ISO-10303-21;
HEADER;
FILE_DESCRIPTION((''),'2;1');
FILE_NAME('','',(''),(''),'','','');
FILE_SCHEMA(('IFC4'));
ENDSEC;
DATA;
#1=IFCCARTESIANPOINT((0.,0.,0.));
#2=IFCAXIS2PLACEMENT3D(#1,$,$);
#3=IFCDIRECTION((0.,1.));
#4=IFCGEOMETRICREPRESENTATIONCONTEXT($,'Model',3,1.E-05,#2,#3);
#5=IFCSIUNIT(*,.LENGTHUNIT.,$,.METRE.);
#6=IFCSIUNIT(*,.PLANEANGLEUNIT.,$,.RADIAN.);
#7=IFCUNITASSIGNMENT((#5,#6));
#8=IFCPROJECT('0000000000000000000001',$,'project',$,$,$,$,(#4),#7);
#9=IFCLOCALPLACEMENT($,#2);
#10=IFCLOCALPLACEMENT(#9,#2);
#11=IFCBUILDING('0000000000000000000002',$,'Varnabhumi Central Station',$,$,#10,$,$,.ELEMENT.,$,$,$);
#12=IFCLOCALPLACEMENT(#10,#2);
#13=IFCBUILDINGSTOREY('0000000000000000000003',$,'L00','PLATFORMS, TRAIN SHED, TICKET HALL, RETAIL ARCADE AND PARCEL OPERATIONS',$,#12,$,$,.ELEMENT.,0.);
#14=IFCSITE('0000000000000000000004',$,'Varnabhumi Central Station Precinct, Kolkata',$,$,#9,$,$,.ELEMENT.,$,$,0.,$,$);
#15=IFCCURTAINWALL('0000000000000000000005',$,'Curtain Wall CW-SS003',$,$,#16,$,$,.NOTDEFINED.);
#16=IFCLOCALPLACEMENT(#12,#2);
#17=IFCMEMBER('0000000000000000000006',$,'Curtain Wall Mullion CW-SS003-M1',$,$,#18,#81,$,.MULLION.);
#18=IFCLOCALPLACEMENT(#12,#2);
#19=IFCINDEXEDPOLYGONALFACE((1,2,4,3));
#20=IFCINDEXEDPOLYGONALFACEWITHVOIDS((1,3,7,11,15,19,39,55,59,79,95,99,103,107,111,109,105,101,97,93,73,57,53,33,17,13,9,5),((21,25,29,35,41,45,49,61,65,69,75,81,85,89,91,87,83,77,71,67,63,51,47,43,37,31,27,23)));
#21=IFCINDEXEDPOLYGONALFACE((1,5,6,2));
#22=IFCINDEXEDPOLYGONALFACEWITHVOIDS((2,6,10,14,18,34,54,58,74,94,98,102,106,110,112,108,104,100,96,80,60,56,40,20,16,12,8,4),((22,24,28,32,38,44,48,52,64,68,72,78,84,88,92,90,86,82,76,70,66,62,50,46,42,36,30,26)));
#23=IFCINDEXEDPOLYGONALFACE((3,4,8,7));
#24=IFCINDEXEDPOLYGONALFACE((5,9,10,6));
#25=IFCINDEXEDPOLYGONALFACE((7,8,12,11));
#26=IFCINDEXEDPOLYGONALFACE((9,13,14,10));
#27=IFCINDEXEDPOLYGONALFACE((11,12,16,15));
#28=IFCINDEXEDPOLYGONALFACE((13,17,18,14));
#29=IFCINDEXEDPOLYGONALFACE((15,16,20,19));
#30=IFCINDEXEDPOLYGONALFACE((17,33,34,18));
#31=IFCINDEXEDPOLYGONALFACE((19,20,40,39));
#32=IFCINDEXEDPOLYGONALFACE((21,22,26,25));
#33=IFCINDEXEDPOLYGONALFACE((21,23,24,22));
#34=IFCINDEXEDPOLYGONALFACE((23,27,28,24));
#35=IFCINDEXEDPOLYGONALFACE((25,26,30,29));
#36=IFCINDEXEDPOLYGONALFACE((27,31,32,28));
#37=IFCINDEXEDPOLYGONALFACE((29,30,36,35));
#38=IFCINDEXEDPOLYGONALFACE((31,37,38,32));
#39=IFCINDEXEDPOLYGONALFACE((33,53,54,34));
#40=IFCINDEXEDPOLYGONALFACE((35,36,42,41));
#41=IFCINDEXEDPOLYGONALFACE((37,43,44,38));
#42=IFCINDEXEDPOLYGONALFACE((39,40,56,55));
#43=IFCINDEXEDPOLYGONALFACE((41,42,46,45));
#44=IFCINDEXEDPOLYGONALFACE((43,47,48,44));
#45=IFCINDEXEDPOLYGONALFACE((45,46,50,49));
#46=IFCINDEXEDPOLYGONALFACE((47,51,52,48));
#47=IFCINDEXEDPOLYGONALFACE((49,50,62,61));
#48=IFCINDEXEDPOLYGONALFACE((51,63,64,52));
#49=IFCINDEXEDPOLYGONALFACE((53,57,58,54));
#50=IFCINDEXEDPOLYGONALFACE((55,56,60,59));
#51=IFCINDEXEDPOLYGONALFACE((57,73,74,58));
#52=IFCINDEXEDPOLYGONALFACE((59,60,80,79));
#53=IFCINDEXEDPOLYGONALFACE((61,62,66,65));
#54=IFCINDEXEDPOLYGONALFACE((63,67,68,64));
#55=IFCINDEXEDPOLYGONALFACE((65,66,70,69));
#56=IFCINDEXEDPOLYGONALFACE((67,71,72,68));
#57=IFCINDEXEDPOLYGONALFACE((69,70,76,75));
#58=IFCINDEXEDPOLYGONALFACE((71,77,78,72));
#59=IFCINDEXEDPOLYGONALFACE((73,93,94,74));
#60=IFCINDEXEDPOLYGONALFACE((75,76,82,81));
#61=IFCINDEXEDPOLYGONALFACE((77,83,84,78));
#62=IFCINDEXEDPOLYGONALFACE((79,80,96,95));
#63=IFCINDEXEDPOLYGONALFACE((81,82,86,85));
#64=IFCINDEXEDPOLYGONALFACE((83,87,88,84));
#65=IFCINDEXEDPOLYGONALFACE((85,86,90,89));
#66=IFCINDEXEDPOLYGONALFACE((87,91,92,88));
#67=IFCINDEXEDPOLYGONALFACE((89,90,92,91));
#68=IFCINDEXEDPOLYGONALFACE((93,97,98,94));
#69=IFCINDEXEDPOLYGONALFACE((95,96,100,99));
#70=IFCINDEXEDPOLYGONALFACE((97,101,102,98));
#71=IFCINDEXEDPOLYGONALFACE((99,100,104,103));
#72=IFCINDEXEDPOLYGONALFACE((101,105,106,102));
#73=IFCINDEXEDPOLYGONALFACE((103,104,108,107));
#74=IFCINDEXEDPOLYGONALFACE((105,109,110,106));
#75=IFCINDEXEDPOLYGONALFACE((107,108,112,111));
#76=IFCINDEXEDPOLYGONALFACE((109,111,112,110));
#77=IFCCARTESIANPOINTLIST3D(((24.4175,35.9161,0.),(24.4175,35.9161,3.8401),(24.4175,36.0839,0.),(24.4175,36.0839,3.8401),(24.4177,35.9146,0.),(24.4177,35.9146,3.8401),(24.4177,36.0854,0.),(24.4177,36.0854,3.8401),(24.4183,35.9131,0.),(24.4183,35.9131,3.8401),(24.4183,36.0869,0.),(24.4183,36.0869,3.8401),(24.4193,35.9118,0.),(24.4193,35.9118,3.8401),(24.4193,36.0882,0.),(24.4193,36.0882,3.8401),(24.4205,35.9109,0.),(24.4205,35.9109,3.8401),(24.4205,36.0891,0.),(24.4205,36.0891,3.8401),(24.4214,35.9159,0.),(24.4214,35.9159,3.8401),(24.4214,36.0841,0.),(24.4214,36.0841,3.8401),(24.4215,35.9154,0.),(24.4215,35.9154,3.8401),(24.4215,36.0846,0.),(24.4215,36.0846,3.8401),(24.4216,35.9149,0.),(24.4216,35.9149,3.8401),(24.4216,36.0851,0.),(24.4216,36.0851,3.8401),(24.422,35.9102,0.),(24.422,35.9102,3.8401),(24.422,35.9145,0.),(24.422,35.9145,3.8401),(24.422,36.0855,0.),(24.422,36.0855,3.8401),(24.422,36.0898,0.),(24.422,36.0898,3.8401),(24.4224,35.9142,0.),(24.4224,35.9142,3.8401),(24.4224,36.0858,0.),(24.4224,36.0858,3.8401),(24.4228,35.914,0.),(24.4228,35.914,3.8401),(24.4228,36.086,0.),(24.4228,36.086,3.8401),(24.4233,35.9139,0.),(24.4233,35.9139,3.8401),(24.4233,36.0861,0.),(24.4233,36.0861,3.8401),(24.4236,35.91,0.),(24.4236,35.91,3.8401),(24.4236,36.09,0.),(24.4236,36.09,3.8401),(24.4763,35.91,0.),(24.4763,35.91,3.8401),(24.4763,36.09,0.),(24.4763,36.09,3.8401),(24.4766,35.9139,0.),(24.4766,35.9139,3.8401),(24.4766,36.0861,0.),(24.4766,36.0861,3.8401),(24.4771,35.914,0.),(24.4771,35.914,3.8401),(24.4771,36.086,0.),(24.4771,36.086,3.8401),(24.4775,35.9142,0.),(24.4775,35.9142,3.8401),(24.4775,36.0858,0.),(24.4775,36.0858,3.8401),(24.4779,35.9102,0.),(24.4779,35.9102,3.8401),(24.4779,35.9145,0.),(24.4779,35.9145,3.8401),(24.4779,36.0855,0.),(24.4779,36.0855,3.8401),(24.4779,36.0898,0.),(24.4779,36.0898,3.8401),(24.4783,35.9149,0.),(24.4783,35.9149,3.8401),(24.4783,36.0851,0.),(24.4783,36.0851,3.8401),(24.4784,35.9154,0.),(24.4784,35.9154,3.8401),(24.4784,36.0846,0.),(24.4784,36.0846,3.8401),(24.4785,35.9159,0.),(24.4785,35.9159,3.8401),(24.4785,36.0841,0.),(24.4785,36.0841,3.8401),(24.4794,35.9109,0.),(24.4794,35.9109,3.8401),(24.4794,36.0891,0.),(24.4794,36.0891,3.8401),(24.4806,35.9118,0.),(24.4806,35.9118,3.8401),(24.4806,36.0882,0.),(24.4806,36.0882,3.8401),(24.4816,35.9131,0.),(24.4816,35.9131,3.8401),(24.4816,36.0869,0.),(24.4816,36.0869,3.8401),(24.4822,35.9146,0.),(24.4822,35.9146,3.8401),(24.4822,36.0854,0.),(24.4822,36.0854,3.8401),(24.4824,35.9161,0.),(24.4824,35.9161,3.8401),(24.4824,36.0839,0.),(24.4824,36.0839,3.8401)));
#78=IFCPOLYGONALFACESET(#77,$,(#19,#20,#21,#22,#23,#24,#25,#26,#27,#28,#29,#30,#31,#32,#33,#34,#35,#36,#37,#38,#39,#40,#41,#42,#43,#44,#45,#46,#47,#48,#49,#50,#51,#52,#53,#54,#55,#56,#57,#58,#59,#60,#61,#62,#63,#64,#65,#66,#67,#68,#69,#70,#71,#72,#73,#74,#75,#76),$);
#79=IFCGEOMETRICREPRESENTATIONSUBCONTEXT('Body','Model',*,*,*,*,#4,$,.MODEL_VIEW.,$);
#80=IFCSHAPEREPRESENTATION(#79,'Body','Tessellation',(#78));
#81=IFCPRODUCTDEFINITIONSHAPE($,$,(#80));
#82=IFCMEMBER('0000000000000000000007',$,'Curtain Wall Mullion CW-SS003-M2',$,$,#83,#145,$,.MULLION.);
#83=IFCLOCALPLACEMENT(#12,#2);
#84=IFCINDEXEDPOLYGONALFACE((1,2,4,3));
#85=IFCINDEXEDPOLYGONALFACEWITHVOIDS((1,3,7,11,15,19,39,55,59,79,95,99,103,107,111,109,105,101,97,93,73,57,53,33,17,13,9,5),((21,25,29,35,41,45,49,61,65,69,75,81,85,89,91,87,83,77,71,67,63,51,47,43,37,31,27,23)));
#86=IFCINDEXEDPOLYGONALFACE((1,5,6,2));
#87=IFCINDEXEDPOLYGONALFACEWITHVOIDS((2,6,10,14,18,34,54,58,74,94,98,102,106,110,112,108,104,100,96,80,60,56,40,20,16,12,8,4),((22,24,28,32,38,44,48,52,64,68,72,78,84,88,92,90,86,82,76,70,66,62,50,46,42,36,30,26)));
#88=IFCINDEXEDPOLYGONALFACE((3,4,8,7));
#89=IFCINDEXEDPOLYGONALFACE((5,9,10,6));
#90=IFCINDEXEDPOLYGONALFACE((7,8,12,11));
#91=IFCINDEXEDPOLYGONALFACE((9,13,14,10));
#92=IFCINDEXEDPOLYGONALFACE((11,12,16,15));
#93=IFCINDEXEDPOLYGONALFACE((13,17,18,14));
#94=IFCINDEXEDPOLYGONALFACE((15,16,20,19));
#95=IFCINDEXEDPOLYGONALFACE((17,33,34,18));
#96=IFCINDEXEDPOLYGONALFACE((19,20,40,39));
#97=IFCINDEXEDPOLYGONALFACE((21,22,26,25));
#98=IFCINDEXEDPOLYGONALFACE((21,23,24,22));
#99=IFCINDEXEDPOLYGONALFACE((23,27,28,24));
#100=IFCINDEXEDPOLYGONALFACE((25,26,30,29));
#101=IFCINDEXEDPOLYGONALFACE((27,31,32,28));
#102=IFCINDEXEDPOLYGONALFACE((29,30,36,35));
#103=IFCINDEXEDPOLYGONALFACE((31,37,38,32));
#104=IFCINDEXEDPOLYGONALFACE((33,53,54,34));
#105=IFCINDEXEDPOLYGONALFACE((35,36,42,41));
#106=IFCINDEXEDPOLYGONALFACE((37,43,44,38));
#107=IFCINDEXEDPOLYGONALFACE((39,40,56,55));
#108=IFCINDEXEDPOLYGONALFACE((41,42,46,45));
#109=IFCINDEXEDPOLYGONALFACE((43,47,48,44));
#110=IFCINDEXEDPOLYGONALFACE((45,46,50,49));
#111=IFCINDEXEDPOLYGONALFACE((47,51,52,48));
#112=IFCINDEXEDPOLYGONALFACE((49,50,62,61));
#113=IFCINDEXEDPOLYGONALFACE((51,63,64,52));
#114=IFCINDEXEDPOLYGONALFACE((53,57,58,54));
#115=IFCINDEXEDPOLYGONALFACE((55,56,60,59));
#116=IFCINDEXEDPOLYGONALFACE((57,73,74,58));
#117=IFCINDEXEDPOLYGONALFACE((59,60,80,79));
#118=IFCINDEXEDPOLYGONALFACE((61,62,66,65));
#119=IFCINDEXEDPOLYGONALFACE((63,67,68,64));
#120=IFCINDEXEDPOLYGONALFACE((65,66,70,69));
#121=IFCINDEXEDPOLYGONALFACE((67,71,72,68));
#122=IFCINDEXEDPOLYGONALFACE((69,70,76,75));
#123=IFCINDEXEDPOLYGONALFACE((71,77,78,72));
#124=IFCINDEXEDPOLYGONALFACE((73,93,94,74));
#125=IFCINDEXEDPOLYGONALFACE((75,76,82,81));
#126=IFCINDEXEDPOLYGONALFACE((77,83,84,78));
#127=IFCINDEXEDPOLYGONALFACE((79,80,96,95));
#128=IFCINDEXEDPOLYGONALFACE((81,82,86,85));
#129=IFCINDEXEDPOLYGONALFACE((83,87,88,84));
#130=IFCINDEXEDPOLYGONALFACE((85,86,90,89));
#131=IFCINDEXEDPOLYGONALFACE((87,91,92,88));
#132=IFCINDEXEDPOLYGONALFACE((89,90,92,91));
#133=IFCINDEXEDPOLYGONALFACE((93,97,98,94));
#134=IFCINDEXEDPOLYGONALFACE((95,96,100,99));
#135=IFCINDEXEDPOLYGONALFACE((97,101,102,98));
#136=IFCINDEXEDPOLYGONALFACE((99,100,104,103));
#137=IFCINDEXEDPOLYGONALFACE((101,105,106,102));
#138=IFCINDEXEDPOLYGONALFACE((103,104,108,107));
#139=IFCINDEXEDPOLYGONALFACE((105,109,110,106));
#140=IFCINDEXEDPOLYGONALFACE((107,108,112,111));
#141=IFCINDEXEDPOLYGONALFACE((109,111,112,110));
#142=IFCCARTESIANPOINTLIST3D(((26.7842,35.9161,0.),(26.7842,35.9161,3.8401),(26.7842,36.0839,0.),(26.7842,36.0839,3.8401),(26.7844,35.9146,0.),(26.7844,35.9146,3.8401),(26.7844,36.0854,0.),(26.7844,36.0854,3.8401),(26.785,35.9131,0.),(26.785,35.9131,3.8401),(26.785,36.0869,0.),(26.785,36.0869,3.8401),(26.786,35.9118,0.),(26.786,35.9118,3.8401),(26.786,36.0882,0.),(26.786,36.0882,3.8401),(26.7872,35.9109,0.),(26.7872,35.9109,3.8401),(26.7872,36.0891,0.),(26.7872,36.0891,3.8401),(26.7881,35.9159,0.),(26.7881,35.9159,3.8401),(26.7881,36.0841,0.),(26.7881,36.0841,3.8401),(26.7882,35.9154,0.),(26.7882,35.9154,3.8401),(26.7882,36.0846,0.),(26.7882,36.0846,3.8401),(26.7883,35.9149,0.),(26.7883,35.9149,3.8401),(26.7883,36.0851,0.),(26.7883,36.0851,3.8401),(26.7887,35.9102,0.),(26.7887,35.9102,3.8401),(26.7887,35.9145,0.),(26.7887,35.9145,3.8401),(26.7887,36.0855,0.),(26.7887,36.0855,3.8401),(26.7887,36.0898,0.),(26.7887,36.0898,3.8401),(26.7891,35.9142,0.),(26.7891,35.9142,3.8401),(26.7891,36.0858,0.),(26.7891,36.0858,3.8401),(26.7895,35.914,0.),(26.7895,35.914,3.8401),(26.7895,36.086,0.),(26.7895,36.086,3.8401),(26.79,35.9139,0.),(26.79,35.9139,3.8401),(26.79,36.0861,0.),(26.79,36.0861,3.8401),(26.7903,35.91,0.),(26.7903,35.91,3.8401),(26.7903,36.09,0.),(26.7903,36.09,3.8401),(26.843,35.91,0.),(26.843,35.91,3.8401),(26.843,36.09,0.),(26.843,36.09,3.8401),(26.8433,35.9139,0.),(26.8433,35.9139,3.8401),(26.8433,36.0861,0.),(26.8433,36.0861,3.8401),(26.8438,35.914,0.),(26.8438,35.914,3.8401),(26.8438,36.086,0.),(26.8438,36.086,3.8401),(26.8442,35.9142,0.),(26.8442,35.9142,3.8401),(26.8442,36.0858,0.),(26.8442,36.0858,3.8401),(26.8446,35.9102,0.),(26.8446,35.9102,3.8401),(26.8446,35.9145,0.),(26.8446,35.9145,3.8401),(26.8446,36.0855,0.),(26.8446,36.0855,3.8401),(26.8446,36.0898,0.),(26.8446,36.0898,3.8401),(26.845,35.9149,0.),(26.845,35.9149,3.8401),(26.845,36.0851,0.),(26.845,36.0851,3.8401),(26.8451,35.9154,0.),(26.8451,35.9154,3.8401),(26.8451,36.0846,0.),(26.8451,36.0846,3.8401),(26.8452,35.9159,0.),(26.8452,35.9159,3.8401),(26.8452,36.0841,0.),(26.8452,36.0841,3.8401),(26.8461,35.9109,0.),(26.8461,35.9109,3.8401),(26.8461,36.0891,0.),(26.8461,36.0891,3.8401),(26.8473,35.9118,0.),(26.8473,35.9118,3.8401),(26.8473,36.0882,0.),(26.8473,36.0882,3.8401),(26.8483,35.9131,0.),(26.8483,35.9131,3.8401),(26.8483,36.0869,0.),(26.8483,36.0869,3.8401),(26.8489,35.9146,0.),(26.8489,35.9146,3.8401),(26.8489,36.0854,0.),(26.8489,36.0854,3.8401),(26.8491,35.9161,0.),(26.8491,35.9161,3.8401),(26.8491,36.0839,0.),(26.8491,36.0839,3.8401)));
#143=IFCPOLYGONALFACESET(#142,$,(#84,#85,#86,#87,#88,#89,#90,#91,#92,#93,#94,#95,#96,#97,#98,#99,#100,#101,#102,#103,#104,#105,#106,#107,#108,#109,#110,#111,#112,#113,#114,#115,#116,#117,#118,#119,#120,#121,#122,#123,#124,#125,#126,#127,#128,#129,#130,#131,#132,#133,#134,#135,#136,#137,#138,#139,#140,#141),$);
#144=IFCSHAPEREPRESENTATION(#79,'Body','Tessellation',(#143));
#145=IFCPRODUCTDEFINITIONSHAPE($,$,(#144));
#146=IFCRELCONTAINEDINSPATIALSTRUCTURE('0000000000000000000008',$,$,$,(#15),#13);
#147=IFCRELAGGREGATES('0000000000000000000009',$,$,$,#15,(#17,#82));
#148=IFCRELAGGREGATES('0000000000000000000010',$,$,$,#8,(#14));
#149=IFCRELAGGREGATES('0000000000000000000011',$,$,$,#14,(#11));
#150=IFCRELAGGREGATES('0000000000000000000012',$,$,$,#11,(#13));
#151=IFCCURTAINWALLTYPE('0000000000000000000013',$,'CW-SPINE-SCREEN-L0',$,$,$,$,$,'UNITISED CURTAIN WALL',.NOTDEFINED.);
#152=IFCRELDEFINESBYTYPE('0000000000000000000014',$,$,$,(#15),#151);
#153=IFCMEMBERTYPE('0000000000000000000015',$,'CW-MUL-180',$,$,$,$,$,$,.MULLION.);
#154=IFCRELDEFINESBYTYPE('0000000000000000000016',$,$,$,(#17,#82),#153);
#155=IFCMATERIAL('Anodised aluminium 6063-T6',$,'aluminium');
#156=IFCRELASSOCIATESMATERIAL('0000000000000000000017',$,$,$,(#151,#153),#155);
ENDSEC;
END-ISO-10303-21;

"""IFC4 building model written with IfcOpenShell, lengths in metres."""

from ifc_helpers import new_model, si_unit, direction, frame, origin, origin_2d, place, context, subcontext, project, spatial, hollow_rectangle, extrude, material, material_profile, profile_set, type_object, element, aggregate, save


model = new_model("IFC4")

# Units and contexts
model_context = context("Model", 3, precision=1e-05, world=origin(), true_north=direction((0.0, 1.0)))
body_context = subcontext(model_context, "Body", "Model", "MODEL_VIEW")
ifc_project = project(units=[si_unit("LENGTHUNIT", "METRE"), si_unit("PLANEANGLEUNIT", "RADIAN")], contexts=[model_context])

# Site, building, storey
site_placement = place(None, origin())
site = spatial("IfcSite", under=ifc_project, at=site_placement, Name="Varnabhumi Central Station Precinct, Kolkata", CompositionType="ELEMENT", RefElevation=0.0)
building_placement = place(site_placement, origin())
building = spatial("IfcBuilding", under=site, at=building_placement, Name="Varnabhumi Central Station", CompositionType="ELEMENT")
storey_placement = place(building_placement, origin())
storey = spatial("IfcBuildingStorey", under=building, at=storey_placement, Name="L00", Description="PLATFORMS, TRAIN SHED, TICKET HALL, RETAIL ARCADE AND PARCEL OPERATIONS", CompositionType="ELEMENT", Elevation=0.0)

# Curtain wall, members
ifc_material_1 = material(Name="Anodised aluminium 6063-T6", Category="aluminium")
curtain_wall_type = type_object("IfcCurtainWallType", Name="CW-SPINE-SCREEN-L0", ElementType="UNITISED CURTAIN WALL", PredefinedType="NOTDEFINED", material=ifc_material_1)
curtain_wall_placement = place(storey_placement, origin())
curtain_wall = element("IfcCurtainWall", 1, at=curtain_wall_placement, inside=storey, type_object=curtain_wall_type, Name="Curtain Wall CW-SS003", PredefinedType="NOTDEFINED")
ifc_material_profile_1 = material_profile(ifc_material_1, hollow_rectangle(XDim=0.0649, YDim=0.1799, WallThickness=0.0039, InnerFilletRadius=0.002, OuterFilletRadius=0.0061, at=origin_2d()), Name="Anodised aluminium 6063-T6", Category="aluminium")
ifc_profile_set_1 = profile_set([ifc_material_profile_1], Name="Anodised aluminium 6063-T6")
member_type_1 = type_object("IfcMemberType", Name="CW-MUL-180", PredefinedType="MULLION", material=ifc_profile_set_1)
member_1_placement = place(storey_placement, frame((24.45, 36.0, 0.0), z_axis=(0.0, 0.0, 1.0), x_axis=(1.0, 0.0, 0.0)))
member_1 = element("IfcMember", 2, at=member_1_placement, type_object=member_type_1, Name="Curtain Wall Mullion CW-SS003-M1", PredefinedType="MULLION", context=body_context, shape_type="SweptSolid", body=[
    extrude(hollow_rectangle(XDim=0.0649, YDim=0.1799, WallThickness=0.0039, InnerFilletRadius=0.002, OuterFilletRadius=0.0061, at=origin_2d()), origin(), (0.0, 0.0, 1.0), 3.8401),
])
member_2_placement = place(storey_placement, frame((26.8167, 36.0, 0.0), z_axis=(0.0, 0.0, 1.0), x_axis=(1.0, 0.0, 0.0)))
member_2 = element("IfcMember", 3, at=member_2_placement, type_object=member_type_1, Name="Curtain Wall Mullion CW-SS003-M2", PredefinedType="MULLION", context=body_context, shape_type="SweptSolid", body=[
    extrude(hollow_rectangle(XDim=0.0649, YDim=0.1799, WallThickness=0.0039, InnerFilletRadius=0.002, OuterFilletRadius=0.0061, at=origin_2d()), origin(), (0.0, 0.0, 1.0), 3.8401),
])
aggregate(curtain_wall, [member_1, member_2])

save(model, "model.ifc")
